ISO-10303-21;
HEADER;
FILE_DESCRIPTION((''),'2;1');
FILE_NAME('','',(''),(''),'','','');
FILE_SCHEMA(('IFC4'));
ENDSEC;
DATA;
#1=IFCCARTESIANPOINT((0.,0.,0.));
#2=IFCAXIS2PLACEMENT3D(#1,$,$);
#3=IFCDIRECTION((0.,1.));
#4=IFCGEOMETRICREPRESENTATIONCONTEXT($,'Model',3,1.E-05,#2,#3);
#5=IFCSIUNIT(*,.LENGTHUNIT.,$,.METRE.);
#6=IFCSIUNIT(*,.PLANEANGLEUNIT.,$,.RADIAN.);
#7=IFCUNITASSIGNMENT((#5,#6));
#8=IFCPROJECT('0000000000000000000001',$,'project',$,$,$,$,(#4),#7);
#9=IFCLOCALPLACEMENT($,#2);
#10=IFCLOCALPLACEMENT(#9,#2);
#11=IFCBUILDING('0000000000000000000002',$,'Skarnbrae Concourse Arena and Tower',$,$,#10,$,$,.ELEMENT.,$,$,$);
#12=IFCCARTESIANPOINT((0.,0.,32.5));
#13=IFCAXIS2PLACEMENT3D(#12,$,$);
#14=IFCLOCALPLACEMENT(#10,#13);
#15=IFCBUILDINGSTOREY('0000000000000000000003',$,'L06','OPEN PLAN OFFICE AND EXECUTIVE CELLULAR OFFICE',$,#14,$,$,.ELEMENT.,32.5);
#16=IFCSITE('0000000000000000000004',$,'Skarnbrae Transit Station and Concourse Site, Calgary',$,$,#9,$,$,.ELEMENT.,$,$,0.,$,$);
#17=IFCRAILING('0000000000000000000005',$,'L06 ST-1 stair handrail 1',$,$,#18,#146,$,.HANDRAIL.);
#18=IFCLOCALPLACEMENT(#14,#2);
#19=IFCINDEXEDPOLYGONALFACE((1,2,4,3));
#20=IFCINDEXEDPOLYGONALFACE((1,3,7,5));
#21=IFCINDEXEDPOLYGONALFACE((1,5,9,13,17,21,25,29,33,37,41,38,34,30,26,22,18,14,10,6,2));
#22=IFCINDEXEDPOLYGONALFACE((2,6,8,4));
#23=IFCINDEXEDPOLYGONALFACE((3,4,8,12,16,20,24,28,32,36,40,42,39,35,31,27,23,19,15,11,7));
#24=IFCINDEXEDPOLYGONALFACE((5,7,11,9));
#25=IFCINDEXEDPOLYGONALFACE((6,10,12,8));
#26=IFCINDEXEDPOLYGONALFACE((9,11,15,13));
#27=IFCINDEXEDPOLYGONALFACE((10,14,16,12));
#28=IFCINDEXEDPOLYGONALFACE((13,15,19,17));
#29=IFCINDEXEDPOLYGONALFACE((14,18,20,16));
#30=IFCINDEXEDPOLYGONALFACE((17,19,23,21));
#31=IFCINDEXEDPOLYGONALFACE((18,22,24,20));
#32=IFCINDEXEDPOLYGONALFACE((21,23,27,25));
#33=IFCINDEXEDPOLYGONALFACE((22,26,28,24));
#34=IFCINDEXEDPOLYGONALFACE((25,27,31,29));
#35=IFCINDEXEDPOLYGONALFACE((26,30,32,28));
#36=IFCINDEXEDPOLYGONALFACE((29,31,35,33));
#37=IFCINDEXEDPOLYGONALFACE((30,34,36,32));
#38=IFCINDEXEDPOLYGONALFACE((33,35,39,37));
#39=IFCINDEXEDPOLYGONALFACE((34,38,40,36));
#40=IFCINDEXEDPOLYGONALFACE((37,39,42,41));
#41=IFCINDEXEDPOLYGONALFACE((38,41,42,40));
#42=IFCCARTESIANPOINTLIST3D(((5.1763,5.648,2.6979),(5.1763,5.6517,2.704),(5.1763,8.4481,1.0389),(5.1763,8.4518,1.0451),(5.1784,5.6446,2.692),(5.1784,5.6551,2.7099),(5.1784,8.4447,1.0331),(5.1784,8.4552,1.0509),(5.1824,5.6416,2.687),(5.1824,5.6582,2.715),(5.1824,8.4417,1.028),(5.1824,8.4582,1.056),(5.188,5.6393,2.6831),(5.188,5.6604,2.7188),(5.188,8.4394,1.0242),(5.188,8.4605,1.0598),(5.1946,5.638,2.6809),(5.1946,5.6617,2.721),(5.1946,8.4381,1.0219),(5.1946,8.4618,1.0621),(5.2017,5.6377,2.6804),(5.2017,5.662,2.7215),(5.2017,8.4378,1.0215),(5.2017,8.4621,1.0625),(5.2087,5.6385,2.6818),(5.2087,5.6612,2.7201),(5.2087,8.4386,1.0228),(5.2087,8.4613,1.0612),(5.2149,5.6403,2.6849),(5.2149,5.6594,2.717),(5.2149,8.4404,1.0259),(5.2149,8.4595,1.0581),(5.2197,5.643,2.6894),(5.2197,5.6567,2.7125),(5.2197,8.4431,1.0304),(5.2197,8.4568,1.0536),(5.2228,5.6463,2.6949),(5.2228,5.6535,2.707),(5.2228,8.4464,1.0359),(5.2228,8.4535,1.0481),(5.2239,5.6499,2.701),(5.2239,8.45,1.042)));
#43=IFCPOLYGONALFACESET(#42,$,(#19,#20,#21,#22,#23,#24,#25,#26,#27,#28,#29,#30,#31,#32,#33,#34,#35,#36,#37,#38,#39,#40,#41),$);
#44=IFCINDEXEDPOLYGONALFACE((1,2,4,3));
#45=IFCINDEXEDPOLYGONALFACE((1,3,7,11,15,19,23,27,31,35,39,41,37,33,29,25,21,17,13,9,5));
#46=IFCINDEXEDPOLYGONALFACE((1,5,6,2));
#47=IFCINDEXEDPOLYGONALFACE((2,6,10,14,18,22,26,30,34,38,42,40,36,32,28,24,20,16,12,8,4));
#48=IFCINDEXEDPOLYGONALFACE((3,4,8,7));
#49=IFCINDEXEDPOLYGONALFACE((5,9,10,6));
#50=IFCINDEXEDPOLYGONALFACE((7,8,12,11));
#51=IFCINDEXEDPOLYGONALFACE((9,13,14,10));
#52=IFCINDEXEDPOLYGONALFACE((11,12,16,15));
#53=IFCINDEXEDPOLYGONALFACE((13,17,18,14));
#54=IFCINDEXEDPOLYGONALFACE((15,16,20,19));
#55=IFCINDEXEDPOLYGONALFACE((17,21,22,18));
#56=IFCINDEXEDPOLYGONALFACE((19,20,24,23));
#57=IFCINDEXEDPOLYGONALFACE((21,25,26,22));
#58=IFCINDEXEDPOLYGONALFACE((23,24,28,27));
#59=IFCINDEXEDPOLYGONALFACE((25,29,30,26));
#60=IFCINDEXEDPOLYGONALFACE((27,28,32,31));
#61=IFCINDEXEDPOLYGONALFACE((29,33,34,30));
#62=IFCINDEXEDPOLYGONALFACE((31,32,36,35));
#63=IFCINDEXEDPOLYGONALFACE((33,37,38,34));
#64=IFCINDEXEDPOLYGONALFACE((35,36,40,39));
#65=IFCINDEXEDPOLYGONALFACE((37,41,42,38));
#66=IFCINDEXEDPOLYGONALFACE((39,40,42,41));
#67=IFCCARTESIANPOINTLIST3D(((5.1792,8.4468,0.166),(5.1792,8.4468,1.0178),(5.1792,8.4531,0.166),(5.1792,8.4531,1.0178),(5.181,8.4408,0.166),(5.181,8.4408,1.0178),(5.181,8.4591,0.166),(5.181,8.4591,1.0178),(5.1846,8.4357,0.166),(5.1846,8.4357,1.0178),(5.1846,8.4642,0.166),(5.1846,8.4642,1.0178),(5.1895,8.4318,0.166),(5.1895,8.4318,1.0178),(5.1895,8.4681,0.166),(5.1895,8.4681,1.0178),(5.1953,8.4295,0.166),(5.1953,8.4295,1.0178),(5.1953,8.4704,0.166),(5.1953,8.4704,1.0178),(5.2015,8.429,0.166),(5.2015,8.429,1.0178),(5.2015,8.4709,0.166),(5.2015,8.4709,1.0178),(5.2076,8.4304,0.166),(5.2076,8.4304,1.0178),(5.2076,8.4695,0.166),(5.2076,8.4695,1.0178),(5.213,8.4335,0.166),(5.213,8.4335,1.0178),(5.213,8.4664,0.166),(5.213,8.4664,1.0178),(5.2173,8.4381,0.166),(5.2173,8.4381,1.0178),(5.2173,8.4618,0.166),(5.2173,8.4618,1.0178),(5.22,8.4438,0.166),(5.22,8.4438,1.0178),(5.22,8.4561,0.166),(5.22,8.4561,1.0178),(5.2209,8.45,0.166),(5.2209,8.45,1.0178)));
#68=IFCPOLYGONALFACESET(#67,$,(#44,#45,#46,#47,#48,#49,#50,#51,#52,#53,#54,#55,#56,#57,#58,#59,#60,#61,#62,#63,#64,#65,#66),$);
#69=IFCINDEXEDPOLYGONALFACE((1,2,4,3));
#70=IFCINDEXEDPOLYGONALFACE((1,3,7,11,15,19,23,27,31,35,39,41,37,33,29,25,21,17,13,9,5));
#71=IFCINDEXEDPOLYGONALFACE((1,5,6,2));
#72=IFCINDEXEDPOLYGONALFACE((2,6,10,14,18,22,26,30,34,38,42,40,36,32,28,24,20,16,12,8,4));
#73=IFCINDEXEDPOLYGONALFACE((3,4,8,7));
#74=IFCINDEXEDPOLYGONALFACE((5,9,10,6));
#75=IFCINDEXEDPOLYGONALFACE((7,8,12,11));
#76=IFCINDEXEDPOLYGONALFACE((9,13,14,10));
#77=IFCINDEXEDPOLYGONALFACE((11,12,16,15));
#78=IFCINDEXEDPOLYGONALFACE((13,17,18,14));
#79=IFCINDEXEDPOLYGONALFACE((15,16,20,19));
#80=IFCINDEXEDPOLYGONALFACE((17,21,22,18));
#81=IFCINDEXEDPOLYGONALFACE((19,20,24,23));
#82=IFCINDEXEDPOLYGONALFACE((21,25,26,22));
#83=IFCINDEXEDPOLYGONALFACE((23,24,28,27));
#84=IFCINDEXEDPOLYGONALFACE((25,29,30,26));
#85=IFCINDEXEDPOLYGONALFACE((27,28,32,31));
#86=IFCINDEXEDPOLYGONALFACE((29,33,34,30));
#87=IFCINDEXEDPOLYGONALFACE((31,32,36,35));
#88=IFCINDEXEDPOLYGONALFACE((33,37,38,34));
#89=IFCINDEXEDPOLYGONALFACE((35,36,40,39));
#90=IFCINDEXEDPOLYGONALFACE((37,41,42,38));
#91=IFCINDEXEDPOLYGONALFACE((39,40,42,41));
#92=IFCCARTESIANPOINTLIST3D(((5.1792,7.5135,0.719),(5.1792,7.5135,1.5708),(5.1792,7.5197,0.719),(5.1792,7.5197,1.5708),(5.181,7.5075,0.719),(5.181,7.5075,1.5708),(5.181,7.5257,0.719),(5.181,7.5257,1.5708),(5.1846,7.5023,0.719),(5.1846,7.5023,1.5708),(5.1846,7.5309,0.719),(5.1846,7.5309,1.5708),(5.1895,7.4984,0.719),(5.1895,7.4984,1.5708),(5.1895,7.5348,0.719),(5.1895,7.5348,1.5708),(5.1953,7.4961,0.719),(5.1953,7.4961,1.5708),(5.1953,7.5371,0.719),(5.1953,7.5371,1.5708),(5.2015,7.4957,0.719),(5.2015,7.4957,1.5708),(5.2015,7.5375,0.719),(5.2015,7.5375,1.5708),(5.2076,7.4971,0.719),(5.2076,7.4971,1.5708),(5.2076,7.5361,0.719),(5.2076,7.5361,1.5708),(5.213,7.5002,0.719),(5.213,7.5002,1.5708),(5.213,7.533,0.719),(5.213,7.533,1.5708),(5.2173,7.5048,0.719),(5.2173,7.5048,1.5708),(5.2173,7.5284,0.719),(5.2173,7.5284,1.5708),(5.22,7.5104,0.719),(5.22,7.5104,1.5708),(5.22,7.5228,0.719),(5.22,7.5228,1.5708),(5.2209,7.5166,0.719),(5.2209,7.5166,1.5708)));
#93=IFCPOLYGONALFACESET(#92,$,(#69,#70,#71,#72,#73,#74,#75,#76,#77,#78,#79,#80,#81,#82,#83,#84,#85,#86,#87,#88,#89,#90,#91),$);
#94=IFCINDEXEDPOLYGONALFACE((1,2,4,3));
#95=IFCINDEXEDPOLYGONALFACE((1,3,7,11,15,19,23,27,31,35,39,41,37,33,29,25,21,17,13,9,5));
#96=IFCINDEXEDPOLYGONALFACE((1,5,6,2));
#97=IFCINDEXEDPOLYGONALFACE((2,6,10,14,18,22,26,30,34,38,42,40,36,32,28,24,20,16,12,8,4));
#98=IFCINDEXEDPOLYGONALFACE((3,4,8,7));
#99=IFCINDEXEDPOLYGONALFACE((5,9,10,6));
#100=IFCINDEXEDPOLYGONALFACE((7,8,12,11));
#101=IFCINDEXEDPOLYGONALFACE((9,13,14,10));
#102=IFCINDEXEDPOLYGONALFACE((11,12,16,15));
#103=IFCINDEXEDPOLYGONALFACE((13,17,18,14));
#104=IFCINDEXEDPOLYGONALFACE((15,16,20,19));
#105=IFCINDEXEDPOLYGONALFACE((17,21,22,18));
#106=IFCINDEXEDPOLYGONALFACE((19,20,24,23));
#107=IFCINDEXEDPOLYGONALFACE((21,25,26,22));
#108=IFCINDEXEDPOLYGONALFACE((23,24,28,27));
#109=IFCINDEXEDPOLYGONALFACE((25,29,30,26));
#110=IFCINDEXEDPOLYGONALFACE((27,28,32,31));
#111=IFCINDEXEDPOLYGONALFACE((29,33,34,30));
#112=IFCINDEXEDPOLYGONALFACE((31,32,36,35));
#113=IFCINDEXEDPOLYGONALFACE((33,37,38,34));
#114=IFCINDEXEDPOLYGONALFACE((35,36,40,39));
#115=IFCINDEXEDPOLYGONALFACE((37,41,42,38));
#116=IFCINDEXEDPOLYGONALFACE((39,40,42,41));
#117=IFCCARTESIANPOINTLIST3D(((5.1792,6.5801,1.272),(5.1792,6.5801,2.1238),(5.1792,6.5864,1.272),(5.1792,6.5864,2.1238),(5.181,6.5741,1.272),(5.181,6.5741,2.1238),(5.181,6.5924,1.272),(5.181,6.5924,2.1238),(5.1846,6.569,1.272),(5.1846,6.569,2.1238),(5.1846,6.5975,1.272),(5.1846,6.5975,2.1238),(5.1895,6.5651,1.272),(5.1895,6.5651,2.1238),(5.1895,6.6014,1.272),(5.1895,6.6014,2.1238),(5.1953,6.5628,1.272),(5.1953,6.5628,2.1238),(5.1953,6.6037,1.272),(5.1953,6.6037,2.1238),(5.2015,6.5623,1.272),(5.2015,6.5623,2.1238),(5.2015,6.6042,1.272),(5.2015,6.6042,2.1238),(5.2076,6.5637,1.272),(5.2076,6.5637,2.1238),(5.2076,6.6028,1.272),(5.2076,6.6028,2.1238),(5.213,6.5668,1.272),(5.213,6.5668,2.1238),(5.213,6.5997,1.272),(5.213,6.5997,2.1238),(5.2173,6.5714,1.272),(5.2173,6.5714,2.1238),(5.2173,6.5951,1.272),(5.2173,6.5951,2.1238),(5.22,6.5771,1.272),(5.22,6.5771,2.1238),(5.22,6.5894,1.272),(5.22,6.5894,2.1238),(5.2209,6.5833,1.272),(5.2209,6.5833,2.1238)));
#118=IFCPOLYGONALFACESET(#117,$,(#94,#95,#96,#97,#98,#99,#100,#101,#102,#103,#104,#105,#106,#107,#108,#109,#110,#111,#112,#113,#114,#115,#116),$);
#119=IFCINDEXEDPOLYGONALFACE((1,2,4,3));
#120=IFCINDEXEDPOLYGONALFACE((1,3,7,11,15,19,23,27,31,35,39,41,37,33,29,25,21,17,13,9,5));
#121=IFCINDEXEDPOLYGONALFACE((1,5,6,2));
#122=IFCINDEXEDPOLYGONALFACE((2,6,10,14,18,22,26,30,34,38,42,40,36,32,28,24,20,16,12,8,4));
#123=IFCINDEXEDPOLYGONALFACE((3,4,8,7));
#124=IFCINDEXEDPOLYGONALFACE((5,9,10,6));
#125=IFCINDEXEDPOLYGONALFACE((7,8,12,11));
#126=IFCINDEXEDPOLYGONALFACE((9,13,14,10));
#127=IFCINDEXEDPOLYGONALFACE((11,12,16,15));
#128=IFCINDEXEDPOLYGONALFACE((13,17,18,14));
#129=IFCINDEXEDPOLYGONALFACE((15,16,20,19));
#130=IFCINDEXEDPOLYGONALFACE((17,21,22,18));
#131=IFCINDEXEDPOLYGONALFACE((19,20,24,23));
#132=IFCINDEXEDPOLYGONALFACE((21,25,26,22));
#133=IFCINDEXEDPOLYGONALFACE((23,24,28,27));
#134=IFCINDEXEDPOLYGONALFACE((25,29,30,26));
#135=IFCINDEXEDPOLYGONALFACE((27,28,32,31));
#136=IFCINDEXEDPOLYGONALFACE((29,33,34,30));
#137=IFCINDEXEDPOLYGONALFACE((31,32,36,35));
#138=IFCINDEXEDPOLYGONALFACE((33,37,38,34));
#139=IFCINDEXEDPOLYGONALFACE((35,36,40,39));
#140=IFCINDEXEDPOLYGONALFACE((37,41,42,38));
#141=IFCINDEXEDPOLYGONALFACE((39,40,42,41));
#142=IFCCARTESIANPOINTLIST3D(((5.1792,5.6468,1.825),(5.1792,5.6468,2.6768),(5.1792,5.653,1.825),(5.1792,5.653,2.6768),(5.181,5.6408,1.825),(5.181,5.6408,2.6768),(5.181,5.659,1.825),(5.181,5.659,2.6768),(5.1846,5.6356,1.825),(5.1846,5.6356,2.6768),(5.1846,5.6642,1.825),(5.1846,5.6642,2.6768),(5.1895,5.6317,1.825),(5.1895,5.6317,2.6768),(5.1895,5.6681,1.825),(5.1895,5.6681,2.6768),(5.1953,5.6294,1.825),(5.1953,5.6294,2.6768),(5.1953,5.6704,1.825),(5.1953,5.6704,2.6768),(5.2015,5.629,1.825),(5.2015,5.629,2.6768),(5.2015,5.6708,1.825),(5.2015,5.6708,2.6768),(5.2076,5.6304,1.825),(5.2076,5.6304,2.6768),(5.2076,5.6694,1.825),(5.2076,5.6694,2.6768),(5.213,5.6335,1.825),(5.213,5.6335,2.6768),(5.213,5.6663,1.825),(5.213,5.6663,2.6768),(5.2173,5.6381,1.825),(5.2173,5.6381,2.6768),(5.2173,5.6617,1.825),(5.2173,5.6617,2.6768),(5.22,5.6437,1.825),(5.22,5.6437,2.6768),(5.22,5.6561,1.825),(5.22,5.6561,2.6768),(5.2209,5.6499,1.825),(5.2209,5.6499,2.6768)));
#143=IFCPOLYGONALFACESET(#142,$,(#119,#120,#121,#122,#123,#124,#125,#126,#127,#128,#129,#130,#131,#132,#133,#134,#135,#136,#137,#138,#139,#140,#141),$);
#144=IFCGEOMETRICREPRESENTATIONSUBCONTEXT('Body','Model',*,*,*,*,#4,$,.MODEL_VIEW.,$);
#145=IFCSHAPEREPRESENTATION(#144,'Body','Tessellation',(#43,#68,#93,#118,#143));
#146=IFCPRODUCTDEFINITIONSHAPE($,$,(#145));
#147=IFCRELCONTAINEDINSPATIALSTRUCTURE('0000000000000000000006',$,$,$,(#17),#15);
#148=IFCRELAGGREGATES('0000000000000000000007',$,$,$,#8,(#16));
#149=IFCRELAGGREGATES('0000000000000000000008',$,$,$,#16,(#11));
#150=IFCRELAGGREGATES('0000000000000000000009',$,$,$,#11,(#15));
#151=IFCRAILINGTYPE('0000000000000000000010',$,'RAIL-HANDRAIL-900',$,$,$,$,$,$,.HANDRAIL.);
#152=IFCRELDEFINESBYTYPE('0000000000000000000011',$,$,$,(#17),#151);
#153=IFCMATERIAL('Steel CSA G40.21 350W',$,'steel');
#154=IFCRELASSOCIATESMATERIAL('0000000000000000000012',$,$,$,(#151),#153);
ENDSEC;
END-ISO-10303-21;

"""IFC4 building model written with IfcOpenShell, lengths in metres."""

from ifc_helpers import new_model, si_unit, direction, frame, origin, origin_2d, place, context, subcontext, project, spatial, circle, extrude, material, type_object, element, save


model = new_model("IFC4")

# Units and contexts
model_context = context("Model", 3, precision=1e-05, world=origin(), true_north=direction((0.0, 1.0)))
body_context = subcontext(model_context, "Body", "Model", "MODEL_VIEW")
ifc_project = project(units=[si_unit("LENGTHUNIT", "METRE"), si_unit("PLANEANGLEUNIT", "RADIAN")], contexts=[model_context])

# Site, building, storey
site_placement = place(None, origin())
site = spatial("IfcSite", under=ifc_project, at=site_placement, Name="Skarnbrae Transit Station and Concourse Site, Calgary", CompositionType="ELEMENT", RefElevation=0.0)
building_placement = place(site_placement, origin())
building = spatial("IfcBuilding", under=site, at=building_placement, Name="Skarnbrae Concourse Arena and Tower", CompositionType="ELEMENT")
storey_placement = place(building_placement, frame((0.0, 0.0, 32.5)))
storey = spatial("IfcBuildingStorey", under=building, at=storey_placement, Name="L06", Description="OPEN PLAN OFFICE AND EXECUTIVE CELLULAR OFFICE", CompositionType="ELEMENT", Elevation=32.5)

# Shared definitions
ifc_material_1 = material(Name="Steel CSA G40.21 350W", Category="steel")

# Railing
railing_type_1 = type_object("IfcRailingType", Name="RAIL-HANDRAIL-900", PredefinedType="HANDRAIL", material=ifc_material_1)
railing_1_placement = place(storey_placement, frame((5.2, 8.45, 0.166)))
element("IfcRailing", 1, at=railing_1_placement, inside=storey, type_object=railing_type_1, Name="L06 ST-1 stair handrail 1", PredefinedType="HANDRAIL", context=body_context, shape_type="SweptSolid", body=[
    extrude(circle(Radius=0.0239, at=origin_2d()), frame((0.0, 0.0, 0.876), z_axis=(0.0, -0.860339, 0.509722), x_axis=(1.0, 0.0, 0.0)), (0.0, 0.0, 1.0), 3.2546),
    extrude(circle(Radius=0.021, at=origin_2d()), origin(), (0.0, 0.0, 1.0), 0.8518),
    extrude(circle(Radius=0.021, at=origin_2d()), frame((0.0, -0.9333, 0.553)), (0.0, 0.0, 1.0), 0.8518),
    extrude(circle(Radius=0.021, at=origin_2d()), frame((0.0, -1.8667, 1.106)), (0.0, 0.0, 1.0), 0.8518),
    extrude(circle(Radius=0.021, at=origin_2d()), frame((0.0, -2.8, 1.6589)), (0.0, 0.0, 1.0), 0.8518),
])

save(model, "model.ifc")
